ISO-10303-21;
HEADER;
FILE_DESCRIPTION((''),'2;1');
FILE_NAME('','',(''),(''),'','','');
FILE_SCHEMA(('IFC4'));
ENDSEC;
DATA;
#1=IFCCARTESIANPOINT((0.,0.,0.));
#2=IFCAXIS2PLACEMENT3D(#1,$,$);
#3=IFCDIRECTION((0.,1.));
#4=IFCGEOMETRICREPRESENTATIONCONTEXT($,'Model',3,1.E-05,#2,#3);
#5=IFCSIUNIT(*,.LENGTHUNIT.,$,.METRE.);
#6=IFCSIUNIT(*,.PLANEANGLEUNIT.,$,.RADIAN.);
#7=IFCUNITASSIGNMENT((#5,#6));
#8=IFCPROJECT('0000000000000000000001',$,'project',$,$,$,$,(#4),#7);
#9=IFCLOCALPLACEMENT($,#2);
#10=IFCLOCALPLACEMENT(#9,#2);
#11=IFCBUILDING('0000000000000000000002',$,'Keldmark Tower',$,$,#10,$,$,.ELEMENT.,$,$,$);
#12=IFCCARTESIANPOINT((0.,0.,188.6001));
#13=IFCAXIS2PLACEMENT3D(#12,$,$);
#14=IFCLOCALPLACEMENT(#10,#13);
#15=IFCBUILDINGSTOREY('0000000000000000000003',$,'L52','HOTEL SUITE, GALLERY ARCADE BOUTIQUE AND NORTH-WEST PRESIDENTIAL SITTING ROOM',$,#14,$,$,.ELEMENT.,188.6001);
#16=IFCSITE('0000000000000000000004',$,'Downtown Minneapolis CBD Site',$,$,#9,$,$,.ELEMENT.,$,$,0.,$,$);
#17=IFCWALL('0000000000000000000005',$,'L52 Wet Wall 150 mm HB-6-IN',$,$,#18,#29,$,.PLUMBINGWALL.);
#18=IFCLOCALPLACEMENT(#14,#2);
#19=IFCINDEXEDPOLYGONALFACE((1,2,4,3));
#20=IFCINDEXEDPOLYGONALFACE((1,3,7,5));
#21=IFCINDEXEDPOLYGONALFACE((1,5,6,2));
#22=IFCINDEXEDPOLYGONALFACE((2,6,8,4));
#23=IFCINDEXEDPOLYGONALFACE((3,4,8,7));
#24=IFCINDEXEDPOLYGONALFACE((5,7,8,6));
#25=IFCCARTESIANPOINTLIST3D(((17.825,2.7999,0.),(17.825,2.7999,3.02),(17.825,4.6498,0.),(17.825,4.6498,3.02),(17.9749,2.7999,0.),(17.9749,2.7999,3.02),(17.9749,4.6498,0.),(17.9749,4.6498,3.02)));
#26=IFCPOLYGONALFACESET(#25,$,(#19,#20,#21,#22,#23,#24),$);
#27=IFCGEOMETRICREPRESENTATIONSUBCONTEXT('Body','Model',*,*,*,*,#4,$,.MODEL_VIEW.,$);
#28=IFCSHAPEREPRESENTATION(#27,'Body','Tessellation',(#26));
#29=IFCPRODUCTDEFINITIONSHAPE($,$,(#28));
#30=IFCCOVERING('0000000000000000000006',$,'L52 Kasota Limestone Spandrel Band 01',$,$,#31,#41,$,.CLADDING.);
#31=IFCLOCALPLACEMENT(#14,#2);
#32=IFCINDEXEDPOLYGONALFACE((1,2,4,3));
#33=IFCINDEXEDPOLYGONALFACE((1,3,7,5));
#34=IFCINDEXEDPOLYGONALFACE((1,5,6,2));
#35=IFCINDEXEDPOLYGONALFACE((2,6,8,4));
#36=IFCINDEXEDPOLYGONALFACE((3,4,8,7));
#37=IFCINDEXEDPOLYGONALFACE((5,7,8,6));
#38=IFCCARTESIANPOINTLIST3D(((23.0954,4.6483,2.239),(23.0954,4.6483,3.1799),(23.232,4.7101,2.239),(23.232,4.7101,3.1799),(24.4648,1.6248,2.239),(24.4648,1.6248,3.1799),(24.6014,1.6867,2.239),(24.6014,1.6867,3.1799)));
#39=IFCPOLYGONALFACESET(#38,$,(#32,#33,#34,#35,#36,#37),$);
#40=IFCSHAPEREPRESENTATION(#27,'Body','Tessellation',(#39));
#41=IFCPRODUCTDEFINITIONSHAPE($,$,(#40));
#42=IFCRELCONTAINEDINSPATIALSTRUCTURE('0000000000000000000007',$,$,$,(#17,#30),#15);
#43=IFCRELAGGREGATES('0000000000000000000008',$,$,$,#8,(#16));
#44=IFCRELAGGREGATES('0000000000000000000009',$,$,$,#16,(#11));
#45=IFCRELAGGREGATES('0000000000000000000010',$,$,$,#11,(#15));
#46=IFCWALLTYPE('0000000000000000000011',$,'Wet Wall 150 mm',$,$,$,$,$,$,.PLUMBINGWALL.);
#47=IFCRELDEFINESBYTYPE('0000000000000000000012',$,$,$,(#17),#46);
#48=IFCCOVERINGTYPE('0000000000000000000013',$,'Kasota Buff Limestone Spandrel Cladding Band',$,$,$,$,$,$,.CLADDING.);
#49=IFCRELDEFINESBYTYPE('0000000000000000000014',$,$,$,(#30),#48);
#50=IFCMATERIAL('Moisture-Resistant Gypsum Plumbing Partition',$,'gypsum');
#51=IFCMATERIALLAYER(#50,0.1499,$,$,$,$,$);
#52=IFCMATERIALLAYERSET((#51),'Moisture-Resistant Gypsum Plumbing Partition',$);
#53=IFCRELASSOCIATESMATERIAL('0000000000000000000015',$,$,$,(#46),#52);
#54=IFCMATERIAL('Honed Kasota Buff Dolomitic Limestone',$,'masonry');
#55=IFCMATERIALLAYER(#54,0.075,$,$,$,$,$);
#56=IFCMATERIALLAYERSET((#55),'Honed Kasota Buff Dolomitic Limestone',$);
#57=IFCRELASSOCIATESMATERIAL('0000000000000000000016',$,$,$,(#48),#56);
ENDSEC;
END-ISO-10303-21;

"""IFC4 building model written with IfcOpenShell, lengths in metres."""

from ifc_helpers import new_model, si_unit, direction, frame, frame_2d, origin, origin_2d, place, context, subcontext, project, spatial, rectangle, extrude, material, layer, layer_set, type_object, element, save


model = new_model("IFC4")

# Units and contexts
model_context = context("Model", 3, precision=1e-05, world=origin(), true_north=direction((0.0, 1.0)))
body_context = subcontext(model_context, "Body", "Model", "MODEL_VIEW")
ifc_project = project(units=[si_unit("LENGTHUNIT", "METRE"), si_unit("PLANEANGLEUNIT", "RADIAN")], contexts=[model_context])

# Site, building, storey
site_placement = place(None, origin())
site = spatial("IfcSite", under=ifc_project, at=site_placement, Name="Downtown Minneapolis CBD Site", CompositionType="ELEMENT", RefElevation=0.0)
building_placement = place(site_placement, origin())
building = spatial("IfcBuilding", under=site, at=building_placement, Name="Keldmark Tower", CompositionType="ELEMENT")
storey_placement = place(building_placement, frame((0.0, 0.0, 188.6001)))
storey = spatial("IfcBuildingStorey", under=building, at=storey_placement, Name="L52", Description="HOTEL SUITE, GALLERY ARCADE BOUTIQUE AND NORTH-WEST PRESIDENTIAL SITTING ROOM", CompositionType="ELEMENT", Elevation=188.6001)

# Wall
ifc_material_1 = material(Name="Moisture-Resistant Gypsum Plumbing Partition", Category="gypsum")
ifc_layer_1 = layer(ifc_material_1, 0.1499)
ifc_layer_set_1 = layer_set([ifc_layer_1], Name="Moisture-Resistant Gypsum Plumbing Partition")
wall_type_1 = type_object("IfcWallType", Name="Wet Wall 150 mm", PredefinedType="PLUMBINGWALL", material=ifc_layer_set_1)
wall_1_placement = place(storey_placement, frame((17.8999, 2.8, 0.0), z_axis=(0.0, 0.0, 1.0), x_axis=(0.0, 1.0, 0.0)))
element("IfcWall", 1, at=wall_1_placement, inside=storey, type_object=wall_type_1, Name="L52 Wet Wall 150 mm HB-6-IN", PredefinedType="PLUMBINGWALL", context=body_context, shape_type="SweptSolid", body=[
    extrude(rectangle(XDim=1.8499, YDim=0.1499, at=frame_2d((0.9248, 0.0))), origin(), (0.0, 0.0, 1.0), 3.02),
])

# Covering
ifc_material_2 = material(Name="Honed Kasota Buff Dolomitic Limestone", Category="masonry")
ifc_layer_2 = layer(ifc_material_2, 0.075)
ifc_layer_set_2 = layer_set([ifc_layer_2], Name="Honed Kasota Buff Dolomitic Limestone")
covering_type = type_object("IfcCoveringType", Name="Kasota Buff Limestone Spandrel Cladding Band", PredefinedType="CLADDING", material=ifc_layer_set_2)
covering_placement = place(storey_placement, frame((23.8484, 3.1675, 2.239), z_axis=(0.0, 0.0, 1.0), x_axis=(-0.41258, 0.910921, 0.0)))
element("IfcCovering", 2, at=covering_placement, inside=storey, type_object=covering_type, Name="L52 Kasota Limestone Spandrel Band 01", PredefinedType="CLADDING", context=body_context, shape_type="SweptSolid", body=[
    extrude(rectangle(XDim=3.3191, YDim=0.1499, at=origin_2d()), origin(), (0.0, 0.0, 1.0), 0.9409),
])

save(model, "model.ifc")
